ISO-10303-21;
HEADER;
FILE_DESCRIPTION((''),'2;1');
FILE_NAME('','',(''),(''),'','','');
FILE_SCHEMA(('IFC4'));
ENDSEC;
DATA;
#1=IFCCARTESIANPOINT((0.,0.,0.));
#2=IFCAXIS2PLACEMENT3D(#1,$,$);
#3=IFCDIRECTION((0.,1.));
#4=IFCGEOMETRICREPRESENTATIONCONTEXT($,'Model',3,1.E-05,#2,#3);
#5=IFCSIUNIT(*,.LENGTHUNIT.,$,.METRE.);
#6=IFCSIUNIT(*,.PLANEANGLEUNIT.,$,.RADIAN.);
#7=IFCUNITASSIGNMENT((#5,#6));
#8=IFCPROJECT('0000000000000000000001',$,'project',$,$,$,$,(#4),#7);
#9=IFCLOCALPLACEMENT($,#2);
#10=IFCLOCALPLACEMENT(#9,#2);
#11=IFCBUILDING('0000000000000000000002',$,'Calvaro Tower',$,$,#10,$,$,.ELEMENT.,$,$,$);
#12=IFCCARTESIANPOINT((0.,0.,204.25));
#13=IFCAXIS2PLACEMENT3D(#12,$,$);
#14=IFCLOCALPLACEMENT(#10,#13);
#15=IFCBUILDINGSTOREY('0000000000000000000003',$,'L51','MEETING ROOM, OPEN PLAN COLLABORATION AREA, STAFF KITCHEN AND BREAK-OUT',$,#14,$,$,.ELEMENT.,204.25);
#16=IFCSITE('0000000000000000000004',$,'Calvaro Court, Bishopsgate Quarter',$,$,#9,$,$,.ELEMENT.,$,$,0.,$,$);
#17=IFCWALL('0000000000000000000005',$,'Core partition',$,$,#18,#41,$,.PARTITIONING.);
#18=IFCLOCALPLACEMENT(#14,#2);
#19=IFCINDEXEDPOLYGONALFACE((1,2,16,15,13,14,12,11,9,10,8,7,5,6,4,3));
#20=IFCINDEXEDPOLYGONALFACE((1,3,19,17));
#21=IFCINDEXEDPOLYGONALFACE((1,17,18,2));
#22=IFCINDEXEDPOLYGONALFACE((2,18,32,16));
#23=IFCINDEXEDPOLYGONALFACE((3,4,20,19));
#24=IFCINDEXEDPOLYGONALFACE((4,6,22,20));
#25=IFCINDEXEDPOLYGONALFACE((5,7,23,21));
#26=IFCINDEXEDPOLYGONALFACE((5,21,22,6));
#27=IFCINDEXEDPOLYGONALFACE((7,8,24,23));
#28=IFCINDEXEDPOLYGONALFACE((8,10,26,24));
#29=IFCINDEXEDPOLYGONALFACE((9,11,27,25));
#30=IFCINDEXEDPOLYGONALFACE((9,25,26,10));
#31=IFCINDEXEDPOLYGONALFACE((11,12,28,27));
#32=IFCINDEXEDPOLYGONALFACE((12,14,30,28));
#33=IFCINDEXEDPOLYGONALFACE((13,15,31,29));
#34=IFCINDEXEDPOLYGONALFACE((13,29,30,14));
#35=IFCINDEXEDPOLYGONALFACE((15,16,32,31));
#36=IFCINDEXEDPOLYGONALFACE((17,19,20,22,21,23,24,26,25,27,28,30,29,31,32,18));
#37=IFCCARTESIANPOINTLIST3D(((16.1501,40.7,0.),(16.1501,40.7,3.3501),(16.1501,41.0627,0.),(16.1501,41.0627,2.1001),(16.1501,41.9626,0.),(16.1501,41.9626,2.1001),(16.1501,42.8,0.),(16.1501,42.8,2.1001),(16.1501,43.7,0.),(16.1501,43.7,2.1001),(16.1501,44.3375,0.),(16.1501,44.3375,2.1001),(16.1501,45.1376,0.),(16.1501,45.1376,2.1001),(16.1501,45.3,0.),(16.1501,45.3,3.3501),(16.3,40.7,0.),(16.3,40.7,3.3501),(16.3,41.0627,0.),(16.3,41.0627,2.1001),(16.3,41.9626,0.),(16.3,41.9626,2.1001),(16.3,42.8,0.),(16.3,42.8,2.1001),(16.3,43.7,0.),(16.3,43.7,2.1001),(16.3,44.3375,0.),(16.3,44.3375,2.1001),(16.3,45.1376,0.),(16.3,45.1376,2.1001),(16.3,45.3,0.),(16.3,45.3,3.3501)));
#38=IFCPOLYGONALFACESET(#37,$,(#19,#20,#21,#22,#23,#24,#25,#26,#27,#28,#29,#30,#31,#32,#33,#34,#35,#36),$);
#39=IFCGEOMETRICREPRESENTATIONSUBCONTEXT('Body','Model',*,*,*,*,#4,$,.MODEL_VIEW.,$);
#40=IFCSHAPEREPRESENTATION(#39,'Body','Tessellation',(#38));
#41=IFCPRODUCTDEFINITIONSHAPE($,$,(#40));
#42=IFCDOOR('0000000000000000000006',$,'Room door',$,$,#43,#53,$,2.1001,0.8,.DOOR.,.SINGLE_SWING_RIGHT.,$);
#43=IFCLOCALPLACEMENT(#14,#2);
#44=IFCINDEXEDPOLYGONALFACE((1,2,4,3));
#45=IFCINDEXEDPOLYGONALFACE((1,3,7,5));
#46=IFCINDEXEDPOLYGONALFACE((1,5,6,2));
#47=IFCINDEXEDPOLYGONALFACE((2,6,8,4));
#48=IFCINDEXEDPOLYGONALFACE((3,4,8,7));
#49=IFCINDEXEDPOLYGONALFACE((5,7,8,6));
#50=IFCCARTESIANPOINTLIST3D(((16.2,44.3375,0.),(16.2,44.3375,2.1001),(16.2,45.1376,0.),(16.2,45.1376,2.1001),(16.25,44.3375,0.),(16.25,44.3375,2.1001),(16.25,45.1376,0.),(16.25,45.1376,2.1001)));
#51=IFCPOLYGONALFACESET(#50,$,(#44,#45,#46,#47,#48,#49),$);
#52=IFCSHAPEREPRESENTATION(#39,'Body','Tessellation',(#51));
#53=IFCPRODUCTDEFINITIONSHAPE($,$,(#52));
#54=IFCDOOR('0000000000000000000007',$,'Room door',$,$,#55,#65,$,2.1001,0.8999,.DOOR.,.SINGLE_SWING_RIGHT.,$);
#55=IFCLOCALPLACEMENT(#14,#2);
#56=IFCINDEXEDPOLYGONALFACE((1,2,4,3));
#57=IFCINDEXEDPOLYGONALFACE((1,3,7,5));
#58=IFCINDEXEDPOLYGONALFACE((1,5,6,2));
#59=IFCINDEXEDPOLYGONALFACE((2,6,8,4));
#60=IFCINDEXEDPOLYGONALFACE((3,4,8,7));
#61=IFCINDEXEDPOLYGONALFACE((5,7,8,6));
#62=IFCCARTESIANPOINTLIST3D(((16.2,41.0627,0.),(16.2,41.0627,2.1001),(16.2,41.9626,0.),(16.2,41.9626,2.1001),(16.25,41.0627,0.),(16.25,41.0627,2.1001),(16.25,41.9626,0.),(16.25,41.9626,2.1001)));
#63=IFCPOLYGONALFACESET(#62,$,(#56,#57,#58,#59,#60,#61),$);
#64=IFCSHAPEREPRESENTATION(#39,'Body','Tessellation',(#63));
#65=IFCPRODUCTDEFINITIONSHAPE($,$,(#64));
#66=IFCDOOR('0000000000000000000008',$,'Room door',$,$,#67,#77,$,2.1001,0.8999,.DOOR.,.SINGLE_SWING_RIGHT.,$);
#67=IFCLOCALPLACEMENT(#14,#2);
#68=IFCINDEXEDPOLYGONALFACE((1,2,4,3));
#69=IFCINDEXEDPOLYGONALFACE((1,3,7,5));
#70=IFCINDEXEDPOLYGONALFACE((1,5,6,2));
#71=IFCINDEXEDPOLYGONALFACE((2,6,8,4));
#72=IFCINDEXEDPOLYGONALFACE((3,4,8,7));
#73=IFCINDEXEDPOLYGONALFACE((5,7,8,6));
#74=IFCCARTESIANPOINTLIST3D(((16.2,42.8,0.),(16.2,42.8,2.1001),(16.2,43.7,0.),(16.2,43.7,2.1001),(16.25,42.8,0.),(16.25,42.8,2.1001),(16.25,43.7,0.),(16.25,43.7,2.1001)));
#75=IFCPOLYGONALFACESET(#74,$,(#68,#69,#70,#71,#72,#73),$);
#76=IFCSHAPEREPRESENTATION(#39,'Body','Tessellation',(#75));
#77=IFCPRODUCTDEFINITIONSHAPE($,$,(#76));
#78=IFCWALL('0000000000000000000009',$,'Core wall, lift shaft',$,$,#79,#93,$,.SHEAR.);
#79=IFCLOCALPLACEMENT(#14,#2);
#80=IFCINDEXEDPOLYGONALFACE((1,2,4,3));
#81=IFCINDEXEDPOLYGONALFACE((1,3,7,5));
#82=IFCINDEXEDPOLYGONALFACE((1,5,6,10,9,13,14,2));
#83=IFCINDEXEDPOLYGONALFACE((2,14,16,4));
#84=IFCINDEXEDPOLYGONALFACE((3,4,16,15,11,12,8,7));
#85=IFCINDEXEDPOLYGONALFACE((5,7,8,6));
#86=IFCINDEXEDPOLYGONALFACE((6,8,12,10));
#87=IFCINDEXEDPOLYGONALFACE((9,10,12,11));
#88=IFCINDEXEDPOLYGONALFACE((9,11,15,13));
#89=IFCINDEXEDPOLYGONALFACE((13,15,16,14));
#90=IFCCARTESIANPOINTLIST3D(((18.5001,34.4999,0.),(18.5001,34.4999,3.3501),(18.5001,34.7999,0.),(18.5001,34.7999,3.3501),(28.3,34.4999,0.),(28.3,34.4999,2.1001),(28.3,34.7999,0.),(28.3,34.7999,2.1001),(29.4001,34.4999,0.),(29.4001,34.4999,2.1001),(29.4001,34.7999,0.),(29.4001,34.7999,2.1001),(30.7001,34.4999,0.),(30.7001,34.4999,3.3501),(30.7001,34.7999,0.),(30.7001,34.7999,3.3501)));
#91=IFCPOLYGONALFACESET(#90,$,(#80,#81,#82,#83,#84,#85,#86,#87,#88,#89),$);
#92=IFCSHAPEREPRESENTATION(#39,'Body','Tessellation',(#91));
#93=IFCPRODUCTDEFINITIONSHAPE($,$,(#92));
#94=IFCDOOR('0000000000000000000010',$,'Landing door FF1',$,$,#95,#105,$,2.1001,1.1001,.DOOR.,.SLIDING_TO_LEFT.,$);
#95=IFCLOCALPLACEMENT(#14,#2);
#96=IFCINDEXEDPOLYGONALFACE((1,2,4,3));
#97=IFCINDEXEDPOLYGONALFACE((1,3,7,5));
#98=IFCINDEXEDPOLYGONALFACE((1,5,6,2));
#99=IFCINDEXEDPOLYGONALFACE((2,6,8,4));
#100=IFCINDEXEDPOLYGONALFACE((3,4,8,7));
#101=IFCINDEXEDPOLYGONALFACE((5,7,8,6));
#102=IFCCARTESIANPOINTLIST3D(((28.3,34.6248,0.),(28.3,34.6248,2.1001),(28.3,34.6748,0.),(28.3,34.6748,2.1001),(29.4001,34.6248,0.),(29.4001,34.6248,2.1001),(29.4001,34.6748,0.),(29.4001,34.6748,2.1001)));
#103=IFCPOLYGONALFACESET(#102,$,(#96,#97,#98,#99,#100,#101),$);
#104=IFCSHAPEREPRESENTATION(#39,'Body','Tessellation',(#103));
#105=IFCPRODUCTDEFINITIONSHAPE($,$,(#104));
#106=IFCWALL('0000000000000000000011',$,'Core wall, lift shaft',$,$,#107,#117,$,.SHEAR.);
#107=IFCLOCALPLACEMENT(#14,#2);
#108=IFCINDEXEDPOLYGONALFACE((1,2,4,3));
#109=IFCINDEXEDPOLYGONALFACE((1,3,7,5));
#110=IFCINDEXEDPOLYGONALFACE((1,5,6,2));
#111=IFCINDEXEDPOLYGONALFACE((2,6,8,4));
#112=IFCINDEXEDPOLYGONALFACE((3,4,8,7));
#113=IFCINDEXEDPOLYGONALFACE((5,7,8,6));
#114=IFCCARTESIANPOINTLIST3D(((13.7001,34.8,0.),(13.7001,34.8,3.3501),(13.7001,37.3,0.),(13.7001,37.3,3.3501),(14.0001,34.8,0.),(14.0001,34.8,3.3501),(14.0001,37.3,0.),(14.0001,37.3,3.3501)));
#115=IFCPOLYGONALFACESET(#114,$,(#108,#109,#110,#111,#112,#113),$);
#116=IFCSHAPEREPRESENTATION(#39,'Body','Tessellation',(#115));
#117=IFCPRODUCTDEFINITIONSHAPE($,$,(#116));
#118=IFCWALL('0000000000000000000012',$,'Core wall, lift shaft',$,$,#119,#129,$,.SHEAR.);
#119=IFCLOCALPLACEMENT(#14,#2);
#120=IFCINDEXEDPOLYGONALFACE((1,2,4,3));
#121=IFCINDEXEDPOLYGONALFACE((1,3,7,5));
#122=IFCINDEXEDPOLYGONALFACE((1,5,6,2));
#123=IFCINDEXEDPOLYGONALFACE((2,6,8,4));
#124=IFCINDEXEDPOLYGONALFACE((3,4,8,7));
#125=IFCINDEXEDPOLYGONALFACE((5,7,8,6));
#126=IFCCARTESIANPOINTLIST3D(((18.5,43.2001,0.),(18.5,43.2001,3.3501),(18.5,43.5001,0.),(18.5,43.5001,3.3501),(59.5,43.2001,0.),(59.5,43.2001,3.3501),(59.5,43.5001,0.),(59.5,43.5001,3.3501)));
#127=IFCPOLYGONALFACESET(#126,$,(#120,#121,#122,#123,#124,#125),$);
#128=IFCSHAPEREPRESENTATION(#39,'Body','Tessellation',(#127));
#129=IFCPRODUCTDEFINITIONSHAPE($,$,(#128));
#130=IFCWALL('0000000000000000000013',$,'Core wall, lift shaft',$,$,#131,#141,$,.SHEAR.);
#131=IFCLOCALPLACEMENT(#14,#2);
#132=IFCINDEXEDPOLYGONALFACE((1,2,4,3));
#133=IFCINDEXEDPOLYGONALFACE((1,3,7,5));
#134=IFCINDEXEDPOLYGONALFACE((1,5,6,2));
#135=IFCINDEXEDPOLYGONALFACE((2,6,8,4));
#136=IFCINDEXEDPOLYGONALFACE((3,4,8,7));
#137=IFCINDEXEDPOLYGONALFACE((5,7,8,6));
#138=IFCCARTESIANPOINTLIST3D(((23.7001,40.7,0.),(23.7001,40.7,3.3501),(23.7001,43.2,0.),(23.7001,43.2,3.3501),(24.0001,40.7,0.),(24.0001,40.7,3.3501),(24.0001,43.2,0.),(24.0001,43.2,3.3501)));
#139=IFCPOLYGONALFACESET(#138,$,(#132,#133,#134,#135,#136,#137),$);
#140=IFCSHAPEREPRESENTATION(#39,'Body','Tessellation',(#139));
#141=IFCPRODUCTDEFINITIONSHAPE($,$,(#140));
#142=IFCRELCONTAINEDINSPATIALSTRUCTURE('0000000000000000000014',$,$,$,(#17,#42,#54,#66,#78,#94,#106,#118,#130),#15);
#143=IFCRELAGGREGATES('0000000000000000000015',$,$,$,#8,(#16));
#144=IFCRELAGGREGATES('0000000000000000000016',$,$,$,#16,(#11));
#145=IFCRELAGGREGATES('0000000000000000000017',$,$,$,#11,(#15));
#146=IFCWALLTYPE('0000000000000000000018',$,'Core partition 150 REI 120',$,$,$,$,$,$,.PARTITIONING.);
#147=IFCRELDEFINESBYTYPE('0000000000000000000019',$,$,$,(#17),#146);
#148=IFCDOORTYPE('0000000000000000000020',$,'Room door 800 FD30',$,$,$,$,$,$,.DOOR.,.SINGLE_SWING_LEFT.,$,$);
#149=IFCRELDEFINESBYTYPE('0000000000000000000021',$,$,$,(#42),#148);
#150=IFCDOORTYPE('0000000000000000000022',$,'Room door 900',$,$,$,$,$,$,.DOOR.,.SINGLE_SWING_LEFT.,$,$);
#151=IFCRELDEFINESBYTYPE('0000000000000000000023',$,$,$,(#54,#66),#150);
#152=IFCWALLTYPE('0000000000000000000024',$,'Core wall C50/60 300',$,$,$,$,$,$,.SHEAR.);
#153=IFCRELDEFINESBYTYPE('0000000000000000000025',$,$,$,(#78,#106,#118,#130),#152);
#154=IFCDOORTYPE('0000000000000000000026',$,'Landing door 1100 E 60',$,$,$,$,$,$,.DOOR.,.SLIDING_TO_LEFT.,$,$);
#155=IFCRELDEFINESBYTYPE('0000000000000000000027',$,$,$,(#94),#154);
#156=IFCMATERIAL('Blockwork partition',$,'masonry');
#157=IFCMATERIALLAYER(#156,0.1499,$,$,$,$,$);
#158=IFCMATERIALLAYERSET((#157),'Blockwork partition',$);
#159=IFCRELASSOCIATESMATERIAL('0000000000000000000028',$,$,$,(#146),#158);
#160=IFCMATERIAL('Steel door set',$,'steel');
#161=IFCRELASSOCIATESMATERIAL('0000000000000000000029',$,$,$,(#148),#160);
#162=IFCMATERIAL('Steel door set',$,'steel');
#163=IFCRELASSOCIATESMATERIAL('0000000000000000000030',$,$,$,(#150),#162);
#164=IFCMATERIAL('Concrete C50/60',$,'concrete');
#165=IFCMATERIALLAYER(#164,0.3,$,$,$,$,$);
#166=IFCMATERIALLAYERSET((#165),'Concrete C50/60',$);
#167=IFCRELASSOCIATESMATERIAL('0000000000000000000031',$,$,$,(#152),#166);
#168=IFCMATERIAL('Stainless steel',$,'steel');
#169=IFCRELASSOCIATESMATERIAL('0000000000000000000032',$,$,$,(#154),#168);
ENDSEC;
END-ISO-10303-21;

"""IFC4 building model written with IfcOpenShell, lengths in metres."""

from ifc_helpers import new_model, si_unit, direction, frame, frame_2d, origin, place, context, subcontext, project, spatial, rectangle, extrude, material, layer, layer_set, type_object, element, fill, save


model = new_model("IFC4")

# Units and contexts
model_context = context("Model", 3, precision=1e-05, world=origin(), true_north=direction((0.0, 1.0)))
body_context = subcontext(model_context, "Body", "Model", "MODEL_VIEW")
ifc_project = project(units=[si_unit("LENGTHUNIT", "METRE"), si_unit("PLANEANGLEUNIT", "RADIAN")], contexts=[model_context])

# Site, building, storey
site_placement = place(None, origin())
site = spatial("IfcSite", under=ifc_project, at=site_placement, Name="Calvaro Court, Bishopsgate Quarter", CompositionType="ELEMENT", RefElevation=0.0)
building_placement = place(site_placement, origin())
building = spatial("IfcBuilding", under=site, at=building_placement, Name="Calvaro Tower", CompositionType="ELEMENT")
storey_placement = place(building_placement, frame((0.0, 0.0, 204.25)))
storey = spatial("IfcBuildingStorey", under=building, at=storey_placement, Name="L51", Description="MEETING ROOM, OPEN PLAN COLLABORATION AREA, STAFF KITCHEN AND BREAK-OUT", CompositionType="ELEMENT", Elevation=204.25)

# Wall, openings, doors
ifc_material_1 = material(Name="Blockwork partition", Category="masonry")
ifc_layer_1 = layer(ifc_material_1, 0.1499)
ifc_layer_set_1 = layer_set([ifc_layer_1], Name="Blockwork partition")
wall_type_1 = type_object("IfcWallType", Name="Core partition 150 REI 120", PredefinedType="PARTITIONING", material=ifc_layer_set_1)
wall_1_placement = place(storey_placement, frame((16.2251, 45.3, 0.0), z_axis=(0.0, 0.0, 1.0), x_axis=(0.0, -1.0, 0.0)))
wall_1 = element("IfcWall", 1, at=wall_1_placement, inside=storey, type_object=wall_type_1, Name="Core partition", PredefinedType="PARTITIONING", context=body_context, shape_type="SweptSolid", body=[
    extrude(rectangle(XDim=4.6001, YDim=0.1499, at=frame_2d((2.3, 0.0))), origin(), (0.0, 0.0, 1.0), 3.3501),
])
opening_1_placement = place(wall_1_placement, frame((3.3374, 0.0, 0.0)))
opening_1 = element("IfcOpeningElement", 2, at=opening_1_placement, cuts=wall_1, PredefinedType="OPENING", context=body_context, shape_type="SweptSolid", body=[
    extrude(rectangle(XDim=0.8999, YDim=2.1001, at=frame_2d((0.45, 1.05))), frame((0.0, 0.085, 0.0), z_axis=(0.0, -1.0, 0.0), x_axis=(1.0, 0.0, 0.0)), (0.0, 0.0, 1.0), 0.1699),
])
opening_2_placement = place(wall_1_placement, frame((1.6001, 0.0, 0.0)))
opening_2 = element("IfcOpeningElement", 3, at=opening_2_placement, cuts=wall_1, PredefinedType="OPENING", context=body_context, shape_type="SweptSolid", body=[
    extrude(rectangle(XDim=0.8999, YDim=2.1001, at=frame_2d((0.45, 1.05))), frame((0.0, 0.085, 0.0), z_axis=(0.0, -1.0, 0.0), x_axis=(1.0, 0.0, 0.0)), (0.0, 0.0, 1.0), 0.1699),
])
opening_3_placement = place(wall_1_placement, frame((0.1626, 0.0, 0.0)))
opening_3 = element("IfcOpeningElement", 4, at=opening_3_placement, cuts=wall_1, PredefinedType="OPENING", context=body_context, shape_type="SweptSolid", body=[
    extrude(rectangle(XDim=0.8, YDim=2.1001, at=frame_2d((0.3999, 1.05))), frame((0.0, 0.085, 0.0), z_axis=(0.0, -1.0, 0.0), x_axis=(1.0, 0.0, 0.0)), (0.0, 0.0, 1.0), 0.1699),
])
ifc_material_2 = material(Name="Steel door set", Category="steel")
door_type_1 = type_object("IfcDoorType", Name="Room door 800 FD30", OperationType="SINGLE_SWING_LEFT", PredefinedType="DOOR", material=ifc_material_2)
door_1_placement = place(opening_3_placement, origin())
door_1 = element("IfcDoor", 5, at=door_1_placement, inside=storey, type_object=door_type_1, Name="Room door", OperationType="SINGLE_SWING_RIGHT", OverallHeight=2.1001, OverallWidth=0.8, PredefinedType="DOOR", context=body_context, shape_type="SweptSolid", body=[
    extrude(rectangle(XDim=0.8, YDim=2.1001, at=frame_2d((0.3999, 1.05))), frame((0.0, 0.0249, 0.0), z_axis=(0.0, -1.0, 0.0), x_axis=(1.0, 0.0, 0.0)), (0.0, 0.0, 1.0), 0.05),
])
fill(opening_3, door_1)
ifc_material_3 = material(Name="Steel door set", Category="steel")
door_type_2 = type_object("IfcDoorType", Name="Room door 900", OperationType="SINGLE_SWING_LEFT", PredefinedType="DOOR", material=ifc_material_3)
door_2_placement = place(opening_1_placement, origin())
door_2 = element("IfcDoor", 6, at=door_2_placement, inside=storey, type_object=door_type_2, Name="Room door", OperationType="SINGLE_SWING_RIGHT", OverallHeight=2.1001, OverallWidth=0.8999, PredefinedType="DOOR", context=body_context, shape_type="SweptSolid", body=[
    extrude(rectangle(XDim=0.8999, YDim=2.1001, at=frame_2d((0.45, 1.05))), frame((0.0, 0.0249, 0.0), z_axis=(0.0, -1.0, 0.0), x_axis=(1.0, 0.0, 0.0)), (0.0, 0.0, 1.0), 0.05),
])
fill(opening_1, door_2)
door_3_placement = place(opening_2_placement, origin())
door_3 = element("IfcDoor", 7, at=door_3_placement, inside=storey, type_object=door_type_2, Name="Room door", OperationType="SINGLE_SWING_RIGHT", OverallHeight=2.1001, OverallWidth=0.8999, PredefinedType="DOOR", context=body_context, shape_type="SweptSolid", body=[
    extrude(rectangle(XDim=0.8999, YDim=2.1001, at=frame_2d((0.45, 1.05))), frame((0.0, 0.0249, 0.0), z_axis=(0.0, -1.0, 0.0), x_axis=(1.0, 0.0, 0.0)), (0.0, 0.0, 1.0), 0.05),
])
fill(opening_2, door_3)

# Wall, opening, door
ifc_material_4 = material(Name="Concrete C50/60", Category="concrete")
ifc_layer_2 = layer(ifc_material_4, 0.3)
ifc_layer_set_2 = layer_set([ifc_layer_2], Name="Concrete C50/60")
wall_type_2 = type_object("IfcWallType", Name="Core wall C50/60 300", PredefinedType="SHEAR", material=ifc_layer_set_2)
wall_2_placement = place(storey_placement, frame((18.5, 34.6499, 0.0), z_axis=(0.0, 0.0, 1.0), x_axis=(1.0, 0.0, 0.0)))
wall_2 = element("IfcWall", 8, at=wall_2_placement, inside=storey, type_object=wall_type_2, Name="Core wall, lift shaft", PredefinedType="SHEAR", context=body_context, shape_type="SweptSolid", body=[
    extrude(rectangle(XDim=12.2, YDim=0.3, at=frame_2d((6.1001, 0.0))), origin(), (0.0, 0.0, 1.0), 3.3501),
])
opening_4_placement = place(wall_2_placement, frame((9.8, 0.0, 0.0)))
opening_4 = element("IfcOpeningElement", 9, at=opening_4_placement, cuts=wall_2, PredefinedType="OPENING", context=body_context, shape_type="SweptSolid", body=[
    extrude(rectangle(XDim=1.1001, YDim=2.1001, at=frame_2d((0.55, 1.05))), frame((0.0, 0.1599, 0.0), z_axis=(0.0, -1.0, 0.0), x_axis=(1.0, 0.0, 0.0)), (0.0, 0.0, 1.0), 0.3201),
])
ifc_material_5 = material(Name="Stainless steel", Category="steel")
door_type_3 = type_object("IfcDoorType", Name="Landing door 1100 E 60", OperationType="SLIDING_TO_LEFT", PredefinedType="DOOR", material=ifc_material_5)
door_4_placement = place(opening_4_placement, origin())
door_4 = element("IfcDoor", 10, at=door_4_placement, inside=storey, type_object=door_type_3, Name="Landing door FF1", OperationType="SLIDING_TO_LEFT", OverallHeight=2.1001, OverallWidth=1.1001, PredefinedType="DOOR", context=body_context, shape_type="SweptSolid", body=[
    extrude(rectangle(XDim=1.1001, YDim=2.1001, at=frame_2d((0.55, 1.05))), frame((0.0, 0.0249, 0.0), z_axis=(0.0, -1.0, 0.0), x_axis=(1.0, 0.0, 0.0)), (0.0, 0.0, 1.0), 0.05),
])
fill(opening_4, door_4)

# Wall
wall_3_placement = place(storey_placement, frame((13.8501, 34.8, 0.0), z_axis=(0.0, 0.0, 1.0), x_axis=(0.0, 1.0, 0.0)))
element("IfcWall", 11, at=wall_3_placement, inside=storey, type_object=wall_type_2, Name="Core wall, lift shaft", PredefinedType="SHEAR", context=body_context, shape_type="SweptSolid", body=[
    extrude(rectangle(XDim=2.5, YDim=0.3, at=frame_2d((1.25, 0.0))), origin(), (0.0, 0.0, 1.0), 3.3501),
])

# Walls
wall_4_placement = place(storey_placement, frame((18.5, 43.3501, 0.0), z_axis=(0.0, 0.0, 1.0), x_axis=(1.0, 0.0, 0.0)))
element("IfcWall", 12, at=wall_4_placement, inside=storey, type_object=wall_type_2, Name="Core wall, lift shaft", PredefinedType="SHEAR", context=body_context, shape_type="SweptSolid", body=[
    extrude(rectangle(XDim=41.0, YDim=0.3, at=frame_2d((20.5, 0.0))), origin(), (0.0, 0.0, 1.0), 3.3501),
])
wall_5_placement = place(storey_placement, frame((23.8501, 40.7, 0.0), z_axis=(0.0, 0.0, 1.0), x_axis=(0.0, 1.0, 0.0)))
element("IfcWall", 13, at=wall_5_placement, inside=storey, type_object=wall_type_2, Name="Core wall, lift shaft", PredefinedType="SHEAR", context=body_context, shape_type="SweptSolid", body=[
    extrude(rectangle(XDim=2.5, YDim=0.3, at=frame_2d((1.25, 0.0))), origin(), (0.0, 0.0, 1.0), 3.3501),
])

save(model, "model.ifc")
